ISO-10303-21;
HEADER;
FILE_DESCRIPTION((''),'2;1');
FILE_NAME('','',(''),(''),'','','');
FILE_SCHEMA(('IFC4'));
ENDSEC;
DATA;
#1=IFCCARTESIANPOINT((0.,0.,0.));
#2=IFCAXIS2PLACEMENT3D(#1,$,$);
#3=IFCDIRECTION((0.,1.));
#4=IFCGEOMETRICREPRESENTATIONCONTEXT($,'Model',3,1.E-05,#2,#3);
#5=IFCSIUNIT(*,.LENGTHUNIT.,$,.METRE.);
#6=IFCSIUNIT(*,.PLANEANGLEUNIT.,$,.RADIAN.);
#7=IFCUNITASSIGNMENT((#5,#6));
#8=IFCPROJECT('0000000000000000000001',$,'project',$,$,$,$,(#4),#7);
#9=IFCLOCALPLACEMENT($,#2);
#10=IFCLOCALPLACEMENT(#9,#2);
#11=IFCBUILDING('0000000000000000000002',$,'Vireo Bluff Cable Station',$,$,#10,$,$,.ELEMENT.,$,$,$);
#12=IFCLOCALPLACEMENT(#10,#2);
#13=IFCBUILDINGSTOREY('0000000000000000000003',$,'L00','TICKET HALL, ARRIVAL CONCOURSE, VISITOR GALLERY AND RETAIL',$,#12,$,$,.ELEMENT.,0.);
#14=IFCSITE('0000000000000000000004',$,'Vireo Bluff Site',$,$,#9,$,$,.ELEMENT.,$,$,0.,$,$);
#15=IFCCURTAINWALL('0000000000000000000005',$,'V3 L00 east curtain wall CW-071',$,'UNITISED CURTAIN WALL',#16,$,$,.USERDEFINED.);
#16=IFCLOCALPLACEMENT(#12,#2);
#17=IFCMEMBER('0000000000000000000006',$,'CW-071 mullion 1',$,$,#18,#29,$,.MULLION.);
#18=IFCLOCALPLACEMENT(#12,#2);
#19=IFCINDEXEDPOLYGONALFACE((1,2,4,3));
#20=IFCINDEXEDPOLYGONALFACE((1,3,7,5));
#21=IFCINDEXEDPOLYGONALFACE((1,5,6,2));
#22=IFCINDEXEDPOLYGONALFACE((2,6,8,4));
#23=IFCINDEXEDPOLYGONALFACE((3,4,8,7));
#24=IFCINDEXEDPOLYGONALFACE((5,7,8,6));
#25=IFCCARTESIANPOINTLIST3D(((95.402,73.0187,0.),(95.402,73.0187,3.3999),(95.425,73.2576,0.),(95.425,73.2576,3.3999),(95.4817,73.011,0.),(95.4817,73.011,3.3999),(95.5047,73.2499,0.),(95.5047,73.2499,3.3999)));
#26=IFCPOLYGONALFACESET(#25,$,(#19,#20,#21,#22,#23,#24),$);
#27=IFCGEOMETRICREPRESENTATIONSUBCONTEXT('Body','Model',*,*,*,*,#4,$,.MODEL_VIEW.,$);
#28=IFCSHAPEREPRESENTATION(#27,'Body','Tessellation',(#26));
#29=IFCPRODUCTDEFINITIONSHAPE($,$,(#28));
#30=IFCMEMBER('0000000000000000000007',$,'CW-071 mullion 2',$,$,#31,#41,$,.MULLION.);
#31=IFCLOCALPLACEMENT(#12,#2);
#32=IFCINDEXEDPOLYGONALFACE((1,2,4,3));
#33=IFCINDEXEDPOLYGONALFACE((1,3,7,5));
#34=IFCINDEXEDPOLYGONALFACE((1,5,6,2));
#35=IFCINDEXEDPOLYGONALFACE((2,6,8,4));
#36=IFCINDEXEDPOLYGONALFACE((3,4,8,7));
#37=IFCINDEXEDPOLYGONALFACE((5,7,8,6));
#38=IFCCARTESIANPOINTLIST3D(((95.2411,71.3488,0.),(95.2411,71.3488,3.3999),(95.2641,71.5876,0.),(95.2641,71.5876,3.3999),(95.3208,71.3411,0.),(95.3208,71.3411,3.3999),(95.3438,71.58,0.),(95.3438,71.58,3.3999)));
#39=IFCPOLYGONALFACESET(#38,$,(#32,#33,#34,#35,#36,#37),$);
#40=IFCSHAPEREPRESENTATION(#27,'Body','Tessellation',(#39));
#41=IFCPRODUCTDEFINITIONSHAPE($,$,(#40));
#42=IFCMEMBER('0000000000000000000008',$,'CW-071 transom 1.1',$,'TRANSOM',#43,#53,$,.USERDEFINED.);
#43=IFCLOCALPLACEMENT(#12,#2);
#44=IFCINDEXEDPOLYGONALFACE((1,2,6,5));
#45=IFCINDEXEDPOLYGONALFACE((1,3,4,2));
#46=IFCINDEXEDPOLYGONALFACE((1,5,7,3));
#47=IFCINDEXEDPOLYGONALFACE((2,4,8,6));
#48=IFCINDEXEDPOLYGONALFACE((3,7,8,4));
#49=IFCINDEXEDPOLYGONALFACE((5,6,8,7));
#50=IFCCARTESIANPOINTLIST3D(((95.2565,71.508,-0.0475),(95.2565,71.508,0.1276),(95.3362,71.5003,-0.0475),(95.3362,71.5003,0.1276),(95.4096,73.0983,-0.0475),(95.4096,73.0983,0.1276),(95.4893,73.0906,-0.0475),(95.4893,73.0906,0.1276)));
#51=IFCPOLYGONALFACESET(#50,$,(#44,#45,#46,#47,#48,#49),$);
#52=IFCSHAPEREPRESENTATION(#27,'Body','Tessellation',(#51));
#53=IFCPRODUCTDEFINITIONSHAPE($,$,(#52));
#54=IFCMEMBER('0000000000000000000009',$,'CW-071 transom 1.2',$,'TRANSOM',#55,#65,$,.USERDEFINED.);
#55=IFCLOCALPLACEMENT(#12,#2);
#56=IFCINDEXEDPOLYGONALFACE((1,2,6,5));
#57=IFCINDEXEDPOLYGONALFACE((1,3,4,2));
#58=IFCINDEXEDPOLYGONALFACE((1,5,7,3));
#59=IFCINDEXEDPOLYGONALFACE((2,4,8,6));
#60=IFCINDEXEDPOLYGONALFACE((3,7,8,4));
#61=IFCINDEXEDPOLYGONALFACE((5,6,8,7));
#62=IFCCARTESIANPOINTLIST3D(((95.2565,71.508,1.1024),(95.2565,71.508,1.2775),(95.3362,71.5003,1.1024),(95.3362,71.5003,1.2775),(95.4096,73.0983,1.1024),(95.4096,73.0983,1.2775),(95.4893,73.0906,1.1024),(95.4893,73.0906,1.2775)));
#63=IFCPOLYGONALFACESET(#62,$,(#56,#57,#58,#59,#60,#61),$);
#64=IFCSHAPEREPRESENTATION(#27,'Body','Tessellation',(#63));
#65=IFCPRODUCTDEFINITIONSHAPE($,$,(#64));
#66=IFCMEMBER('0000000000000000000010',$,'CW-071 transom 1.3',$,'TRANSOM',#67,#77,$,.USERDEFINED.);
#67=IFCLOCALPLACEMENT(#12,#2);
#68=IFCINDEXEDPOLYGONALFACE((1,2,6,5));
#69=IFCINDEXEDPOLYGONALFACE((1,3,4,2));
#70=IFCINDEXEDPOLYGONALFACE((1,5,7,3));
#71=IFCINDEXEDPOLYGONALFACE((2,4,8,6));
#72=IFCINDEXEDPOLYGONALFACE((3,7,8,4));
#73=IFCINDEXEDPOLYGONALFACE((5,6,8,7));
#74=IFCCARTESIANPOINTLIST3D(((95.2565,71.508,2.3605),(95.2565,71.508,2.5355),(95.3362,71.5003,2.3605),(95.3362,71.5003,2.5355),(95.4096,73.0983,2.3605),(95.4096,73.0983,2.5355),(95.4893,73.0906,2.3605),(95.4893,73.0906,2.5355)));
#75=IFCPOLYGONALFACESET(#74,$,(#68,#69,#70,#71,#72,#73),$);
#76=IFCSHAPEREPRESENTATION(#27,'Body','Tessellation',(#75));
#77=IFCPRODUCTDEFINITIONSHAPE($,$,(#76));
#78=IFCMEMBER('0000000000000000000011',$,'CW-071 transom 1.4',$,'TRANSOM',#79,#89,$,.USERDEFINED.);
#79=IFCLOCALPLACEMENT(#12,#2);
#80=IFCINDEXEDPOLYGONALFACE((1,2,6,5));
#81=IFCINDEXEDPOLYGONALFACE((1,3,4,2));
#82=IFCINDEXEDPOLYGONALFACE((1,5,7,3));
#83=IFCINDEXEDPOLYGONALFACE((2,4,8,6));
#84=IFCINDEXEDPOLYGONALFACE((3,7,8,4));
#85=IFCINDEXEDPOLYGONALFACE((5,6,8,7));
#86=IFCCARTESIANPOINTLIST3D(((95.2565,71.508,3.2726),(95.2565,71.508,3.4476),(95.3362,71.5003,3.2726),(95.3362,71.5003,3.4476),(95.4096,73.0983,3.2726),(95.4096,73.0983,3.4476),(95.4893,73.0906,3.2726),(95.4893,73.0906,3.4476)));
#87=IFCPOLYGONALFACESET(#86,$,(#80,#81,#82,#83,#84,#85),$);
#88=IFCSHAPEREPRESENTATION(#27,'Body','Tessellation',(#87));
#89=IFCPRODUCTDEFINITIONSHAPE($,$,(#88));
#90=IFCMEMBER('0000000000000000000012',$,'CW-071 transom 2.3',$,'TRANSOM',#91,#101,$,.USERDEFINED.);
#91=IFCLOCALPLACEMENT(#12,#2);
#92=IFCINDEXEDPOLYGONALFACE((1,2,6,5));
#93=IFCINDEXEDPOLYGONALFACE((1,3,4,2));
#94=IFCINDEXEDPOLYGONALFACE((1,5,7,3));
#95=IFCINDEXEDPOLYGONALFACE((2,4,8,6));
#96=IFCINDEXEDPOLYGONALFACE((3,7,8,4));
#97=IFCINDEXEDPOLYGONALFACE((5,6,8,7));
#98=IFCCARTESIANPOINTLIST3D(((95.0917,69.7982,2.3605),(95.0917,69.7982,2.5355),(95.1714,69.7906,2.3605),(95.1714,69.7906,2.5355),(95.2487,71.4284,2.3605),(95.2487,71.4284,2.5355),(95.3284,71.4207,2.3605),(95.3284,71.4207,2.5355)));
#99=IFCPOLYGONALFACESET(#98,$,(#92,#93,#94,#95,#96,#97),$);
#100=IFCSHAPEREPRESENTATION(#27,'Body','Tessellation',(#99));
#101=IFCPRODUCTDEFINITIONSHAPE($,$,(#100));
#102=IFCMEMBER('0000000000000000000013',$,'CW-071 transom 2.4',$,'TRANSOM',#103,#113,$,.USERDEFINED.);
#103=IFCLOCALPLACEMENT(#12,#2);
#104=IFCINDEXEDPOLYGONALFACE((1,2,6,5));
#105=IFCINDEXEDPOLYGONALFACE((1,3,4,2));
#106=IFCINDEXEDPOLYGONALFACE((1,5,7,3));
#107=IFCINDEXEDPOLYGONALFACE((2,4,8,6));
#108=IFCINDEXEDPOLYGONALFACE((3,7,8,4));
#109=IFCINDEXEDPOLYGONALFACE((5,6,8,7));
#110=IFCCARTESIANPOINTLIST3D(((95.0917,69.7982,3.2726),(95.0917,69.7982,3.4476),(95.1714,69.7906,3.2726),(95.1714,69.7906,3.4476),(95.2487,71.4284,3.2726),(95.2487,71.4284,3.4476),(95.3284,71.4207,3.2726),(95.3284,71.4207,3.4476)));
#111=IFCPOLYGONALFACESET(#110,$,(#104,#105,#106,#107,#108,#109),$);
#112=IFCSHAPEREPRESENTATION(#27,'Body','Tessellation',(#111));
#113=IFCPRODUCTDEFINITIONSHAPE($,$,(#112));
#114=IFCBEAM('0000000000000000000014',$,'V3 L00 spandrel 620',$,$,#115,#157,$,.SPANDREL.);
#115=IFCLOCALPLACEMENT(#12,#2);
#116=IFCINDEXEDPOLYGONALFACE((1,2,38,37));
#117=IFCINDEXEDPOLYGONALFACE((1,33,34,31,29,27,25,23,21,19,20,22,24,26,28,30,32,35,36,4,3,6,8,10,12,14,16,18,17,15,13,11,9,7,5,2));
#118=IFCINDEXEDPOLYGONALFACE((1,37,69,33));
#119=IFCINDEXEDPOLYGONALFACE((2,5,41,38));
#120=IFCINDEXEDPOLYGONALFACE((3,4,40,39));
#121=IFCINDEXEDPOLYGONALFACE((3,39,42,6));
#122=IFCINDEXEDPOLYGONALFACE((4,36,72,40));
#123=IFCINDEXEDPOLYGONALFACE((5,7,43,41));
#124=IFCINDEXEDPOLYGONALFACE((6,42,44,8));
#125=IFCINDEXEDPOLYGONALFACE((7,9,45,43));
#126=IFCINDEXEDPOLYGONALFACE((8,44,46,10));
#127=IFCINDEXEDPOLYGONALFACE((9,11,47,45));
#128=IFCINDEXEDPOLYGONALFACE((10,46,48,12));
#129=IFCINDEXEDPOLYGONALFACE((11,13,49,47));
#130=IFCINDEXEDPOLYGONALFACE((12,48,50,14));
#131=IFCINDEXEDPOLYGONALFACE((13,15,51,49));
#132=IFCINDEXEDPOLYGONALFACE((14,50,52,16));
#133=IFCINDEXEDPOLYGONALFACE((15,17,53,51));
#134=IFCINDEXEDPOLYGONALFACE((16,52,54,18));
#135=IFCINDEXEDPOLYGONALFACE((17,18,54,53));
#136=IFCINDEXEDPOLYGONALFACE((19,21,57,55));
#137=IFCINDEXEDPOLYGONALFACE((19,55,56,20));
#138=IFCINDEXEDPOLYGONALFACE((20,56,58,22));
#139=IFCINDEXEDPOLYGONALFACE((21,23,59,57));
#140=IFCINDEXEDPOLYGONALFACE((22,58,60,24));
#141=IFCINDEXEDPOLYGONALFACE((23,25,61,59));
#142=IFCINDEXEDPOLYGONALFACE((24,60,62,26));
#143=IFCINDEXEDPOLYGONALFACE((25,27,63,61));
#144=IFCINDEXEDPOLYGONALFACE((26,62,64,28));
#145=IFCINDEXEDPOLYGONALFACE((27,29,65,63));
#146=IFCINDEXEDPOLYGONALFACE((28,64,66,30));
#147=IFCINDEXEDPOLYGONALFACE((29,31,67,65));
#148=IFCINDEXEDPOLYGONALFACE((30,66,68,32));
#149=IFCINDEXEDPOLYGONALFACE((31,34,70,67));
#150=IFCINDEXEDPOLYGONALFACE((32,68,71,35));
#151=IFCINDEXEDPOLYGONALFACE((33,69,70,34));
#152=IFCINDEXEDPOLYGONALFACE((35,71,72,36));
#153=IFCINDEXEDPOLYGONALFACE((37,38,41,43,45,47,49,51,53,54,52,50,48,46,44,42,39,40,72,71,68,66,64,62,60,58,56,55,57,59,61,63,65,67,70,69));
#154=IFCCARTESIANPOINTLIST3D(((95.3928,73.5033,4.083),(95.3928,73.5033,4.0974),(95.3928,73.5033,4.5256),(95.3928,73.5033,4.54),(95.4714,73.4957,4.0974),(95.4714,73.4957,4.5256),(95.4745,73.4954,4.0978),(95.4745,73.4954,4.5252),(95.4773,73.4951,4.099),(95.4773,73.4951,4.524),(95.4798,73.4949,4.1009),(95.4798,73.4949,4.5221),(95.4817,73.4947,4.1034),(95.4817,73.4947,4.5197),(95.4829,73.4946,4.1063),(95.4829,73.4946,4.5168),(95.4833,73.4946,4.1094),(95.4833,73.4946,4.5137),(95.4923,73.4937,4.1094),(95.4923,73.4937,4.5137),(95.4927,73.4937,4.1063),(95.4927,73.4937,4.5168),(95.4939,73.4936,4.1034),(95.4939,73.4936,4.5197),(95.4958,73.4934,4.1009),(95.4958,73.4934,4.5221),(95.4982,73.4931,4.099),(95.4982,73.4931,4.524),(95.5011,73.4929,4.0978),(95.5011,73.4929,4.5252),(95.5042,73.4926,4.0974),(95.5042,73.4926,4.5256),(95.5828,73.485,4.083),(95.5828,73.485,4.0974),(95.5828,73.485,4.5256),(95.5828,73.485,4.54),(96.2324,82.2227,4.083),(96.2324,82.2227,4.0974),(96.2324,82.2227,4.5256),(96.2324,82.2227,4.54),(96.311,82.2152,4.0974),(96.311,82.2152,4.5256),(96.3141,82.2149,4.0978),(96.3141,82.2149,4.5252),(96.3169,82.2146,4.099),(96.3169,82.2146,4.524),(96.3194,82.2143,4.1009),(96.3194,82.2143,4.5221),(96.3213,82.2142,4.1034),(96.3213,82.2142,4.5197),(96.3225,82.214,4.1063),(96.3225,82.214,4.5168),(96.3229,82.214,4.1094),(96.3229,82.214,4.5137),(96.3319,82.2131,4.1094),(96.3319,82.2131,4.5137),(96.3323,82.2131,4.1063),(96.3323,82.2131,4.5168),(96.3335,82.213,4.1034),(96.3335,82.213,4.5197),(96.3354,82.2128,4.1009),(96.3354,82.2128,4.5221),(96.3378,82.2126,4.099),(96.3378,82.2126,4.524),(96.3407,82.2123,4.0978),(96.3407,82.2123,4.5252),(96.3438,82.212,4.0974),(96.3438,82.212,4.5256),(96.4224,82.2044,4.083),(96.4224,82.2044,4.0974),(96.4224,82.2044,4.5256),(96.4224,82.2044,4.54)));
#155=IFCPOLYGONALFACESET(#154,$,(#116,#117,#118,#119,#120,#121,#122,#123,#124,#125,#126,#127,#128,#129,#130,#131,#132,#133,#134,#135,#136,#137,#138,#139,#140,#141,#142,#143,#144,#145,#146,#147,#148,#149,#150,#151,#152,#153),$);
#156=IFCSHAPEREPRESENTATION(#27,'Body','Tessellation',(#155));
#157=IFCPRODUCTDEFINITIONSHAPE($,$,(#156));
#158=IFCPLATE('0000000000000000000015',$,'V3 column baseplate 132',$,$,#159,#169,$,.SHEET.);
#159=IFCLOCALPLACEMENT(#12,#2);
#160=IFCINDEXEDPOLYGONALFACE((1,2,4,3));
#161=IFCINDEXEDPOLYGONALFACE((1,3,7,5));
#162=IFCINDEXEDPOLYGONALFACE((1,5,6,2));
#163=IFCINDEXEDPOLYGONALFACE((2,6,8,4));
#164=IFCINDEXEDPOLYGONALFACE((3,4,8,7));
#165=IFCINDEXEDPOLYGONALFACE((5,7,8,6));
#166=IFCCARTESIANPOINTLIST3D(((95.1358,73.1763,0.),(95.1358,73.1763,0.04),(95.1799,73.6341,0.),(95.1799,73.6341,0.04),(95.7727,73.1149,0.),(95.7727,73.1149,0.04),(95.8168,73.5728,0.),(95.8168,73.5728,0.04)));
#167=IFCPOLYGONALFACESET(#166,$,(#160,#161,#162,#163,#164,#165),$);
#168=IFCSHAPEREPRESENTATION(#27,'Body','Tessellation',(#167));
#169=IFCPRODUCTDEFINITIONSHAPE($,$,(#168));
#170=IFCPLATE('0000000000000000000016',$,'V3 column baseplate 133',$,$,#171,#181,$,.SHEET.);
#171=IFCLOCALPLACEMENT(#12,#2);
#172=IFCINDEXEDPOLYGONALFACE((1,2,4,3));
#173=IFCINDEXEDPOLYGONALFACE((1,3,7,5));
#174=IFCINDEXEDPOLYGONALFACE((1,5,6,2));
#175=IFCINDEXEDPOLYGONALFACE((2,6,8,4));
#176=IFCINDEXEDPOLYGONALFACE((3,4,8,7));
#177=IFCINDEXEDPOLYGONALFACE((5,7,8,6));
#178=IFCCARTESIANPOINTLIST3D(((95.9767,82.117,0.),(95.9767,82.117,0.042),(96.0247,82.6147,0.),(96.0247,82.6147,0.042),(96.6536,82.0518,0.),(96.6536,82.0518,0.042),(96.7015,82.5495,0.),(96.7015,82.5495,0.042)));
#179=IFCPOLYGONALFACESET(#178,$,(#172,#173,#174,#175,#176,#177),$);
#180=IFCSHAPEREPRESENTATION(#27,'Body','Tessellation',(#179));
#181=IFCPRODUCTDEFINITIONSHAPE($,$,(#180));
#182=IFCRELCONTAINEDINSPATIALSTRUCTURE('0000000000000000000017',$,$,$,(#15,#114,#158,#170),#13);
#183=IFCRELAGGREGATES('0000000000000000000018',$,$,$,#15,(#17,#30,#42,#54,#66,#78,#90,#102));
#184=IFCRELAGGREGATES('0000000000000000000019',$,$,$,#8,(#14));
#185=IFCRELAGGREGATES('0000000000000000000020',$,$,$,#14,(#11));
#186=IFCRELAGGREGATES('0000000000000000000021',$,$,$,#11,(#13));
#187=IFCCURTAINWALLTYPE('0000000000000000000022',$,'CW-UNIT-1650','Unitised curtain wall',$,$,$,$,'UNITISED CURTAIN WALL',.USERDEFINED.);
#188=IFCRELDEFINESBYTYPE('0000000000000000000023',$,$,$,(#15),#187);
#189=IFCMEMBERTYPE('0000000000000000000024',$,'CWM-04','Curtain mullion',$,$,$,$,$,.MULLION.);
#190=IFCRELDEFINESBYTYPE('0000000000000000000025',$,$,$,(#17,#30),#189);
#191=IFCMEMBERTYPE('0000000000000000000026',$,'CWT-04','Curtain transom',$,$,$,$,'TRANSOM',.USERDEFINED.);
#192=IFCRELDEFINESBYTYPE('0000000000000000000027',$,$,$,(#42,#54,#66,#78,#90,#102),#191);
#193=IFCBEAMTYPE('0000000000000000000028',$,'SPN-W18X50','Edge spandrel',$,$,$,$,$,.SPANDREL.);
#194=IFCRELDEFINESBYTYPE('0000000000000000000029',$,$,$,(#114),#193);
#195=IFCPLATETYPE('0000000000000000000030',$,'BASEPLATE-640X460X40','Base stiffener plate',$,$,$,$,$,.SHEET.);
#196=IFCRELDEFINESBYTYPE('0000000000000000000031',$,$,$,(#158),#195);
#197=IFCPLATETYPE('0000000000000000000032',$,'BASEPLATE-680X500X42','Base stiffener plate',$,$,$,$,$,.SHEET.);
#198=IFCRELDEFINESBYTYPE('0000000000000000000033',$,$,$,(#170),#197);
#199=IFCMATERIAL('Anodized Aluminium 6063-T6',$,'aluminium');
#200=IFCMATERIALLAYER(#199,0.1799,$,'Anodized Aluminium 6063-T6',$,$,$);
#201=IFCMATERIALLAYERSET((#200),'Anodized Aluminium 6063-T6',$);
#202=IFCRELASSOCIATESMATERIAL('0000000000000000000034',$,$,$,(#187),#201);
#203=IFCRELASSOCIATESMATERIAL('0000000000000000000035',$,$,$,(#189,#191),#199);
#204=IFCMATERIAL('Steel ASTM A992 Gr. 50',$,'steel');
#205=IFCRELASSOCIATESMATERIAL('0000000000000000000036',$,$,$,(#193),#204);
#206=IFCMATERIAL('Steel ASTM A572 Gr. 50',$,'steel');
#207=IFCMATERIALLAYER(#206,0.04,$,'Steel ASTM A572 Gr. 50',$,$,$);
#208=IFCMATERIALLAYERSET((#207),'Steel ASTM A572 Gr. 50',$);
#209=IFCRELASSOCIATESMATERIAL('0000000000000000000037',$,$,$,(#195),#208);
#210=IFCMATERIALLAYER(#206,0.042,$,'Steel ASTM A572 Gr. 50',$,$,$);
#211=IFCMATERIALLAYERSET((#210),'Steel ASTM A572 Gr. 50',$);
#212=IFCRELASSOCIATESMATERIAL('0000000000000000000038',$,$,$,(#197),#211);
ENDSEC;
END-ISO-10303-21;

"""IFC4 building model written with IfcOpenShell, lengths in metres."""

from ifc_helpers import new_model, si_unit, direction, frame, origin, origin_2d, place, context, subcontext, project, spatial, rectangle, i_section, extrude, material, layer, layer_set, material_profile, profile_set, type_object, element, aggregate, save


model = new_model("IFC4")

# Units and contexts
model_context = context("Model", 3, precision=1e-05, world=origin(), true_north=direction((0.0, 1.0)))
body_context = subcontext(model_context, "Body", "Model", "MODEL_VIEW")
ifc_project = project(units=[si_unit("LENGTHUNIT", "METRE"), si_unit("PLANEANGLEUNIT", "RADIAN")], contexts=[model_context])

# Site, building, storey
site_placement = place(None, origin())
site = spatial("IfcSite", under=ifc_project, at=site_placement, Name="Vireo Bluff Site", CompositionType="ELEMENT", RefElevation=0.0)
building_placement = place(site_placement, origin())
building = spatial("IfcBuilding", under=site, at=building_placement, Name="Vireo Bluff Cable Station", CompositionType="ELEMENT")
storey_placement = place(building_placement, origin())
storey = spatial("IfcBuildingStorey", under=building, at=storey_placement, Name="L00", Description="TICKET HALL, ARRIVAL CONCOURSE, VISITOR GALLERY AND RETAIL", CompositionType="ELEMENT", Elevation=0.0)

# Shared definitions
ifc_material_1 = material(Name="Steel ASTM A992 Gr. 50", Category="steel")

# Shared definitions
ifc_material_2 = material(Name="Anodized Aluminium 6063-T6", Category="aluminium")

# Curtain wall, members
ifc_layer_1 = layer(ifc_material_2, 0.1799, Name="Anodized Aluminium 6063-T6")
ifc_layer_set_1 = layer_set([ifc_layer_1], Name="Anodized Aluminium 6063-T6")
curtain_wall_type_1 = type_object("IfcCurtainWallType", Name="CW-UNIT-1650", Description="Unitised curtain wall", ElementType="UNITISED CURTAIN WALL", PredefinedType="USERDEFINED", material=ifc_layer_set_1)
curtain_wall_1_placement = place(storey_placement, origin())
curtain_wall_1 = element("IfcCurtainWall", 1, at=curtain_wall_1_placement, inside=storey, type_object=curtain_wall_type_1, Name="V3 L00 east curtain wall CW-071", ObjectType="UNITISED CURTAIN WALL", PredefinedType="USERDEFINED")
ifc_material_profile_1 = material_profile(ifc_material_2, rectangle(XDim=0.0801, YDim=0.24, at=origin_2d()), Name="ALU-M-80X240")
ifc_profile_set_1 = profile_set([ifc_material_profile_1], Name="Anodized Aluminium 6063-T6")
member_type_1 = type_object("IfcMemberType", Name="CWM-04", Description="Curtain mullion", PredefinedType="MULLION", material=ifc_profile_set_1)
member_1_placement = place(storey_placement, frame((95.4534, 73.1343, 0.0), z_axis=(0.0, 0.0, 1.0), x_axis=(0.995396, -0.095846, 0.0)))
member_1 = element("IfcMember", 2, at=member_1_placement, type_object=member_type_1, Name="CW-071 mullion 1", PredefinedType="MULLION", context=body_context, shape_type="SweptSolid", body=[
    extrude(rectangle(XDim=0.0801, YDim=0.24, at=origin_2d()), origin(), (0.0, 0.0, 1.0), 3.3999),
])
member_2_placement = place(storey_placement, frame((95.2925, 71.4644, 0.0), z_axis=(0.0, 0.0, 1.0), x_axis=(0.995396, -0.095846, 0.0)))
member_2 = element("IfcMember", 3, at=member_2_placement, type_object=member_type_1, Name="CW-071 mullion 2", PredefinedType="MULLION", context=body_context, shape_type="SweptSolid", body=[
    extrude(rectangle(XDim=0.0801, YDim=0.24, at=origin_2d()), origin(), (0.0, 0.0, 1.0), 3.3999),
])
ifc_material_profile_2 = material_profile(ifc_material_2, rectangle(XDim=0.0801, YDim=0.175, at=origin_2d()), Name="ALU-T-80X175")
ifc_profile_set_2 = profile_set([ifc_material_profile_2], Name="Anodized Aluminium 6063-T6")
member_type_2 = type_object("IfcMemberType", Name="CWT-04", Description="Curtain transom", ElementType="TRANSOM", PredefinedType="USERDEFINED", material=ifc_profile_set_2)
member_3_placement = place(storey_placement, frame((95.4495, 73.0945, 0.04), z_axis=(-0.095811, -0.9954, 0.0), x_axis=(0.9954, -0.095811, 0.0)))
member_3 = element("IfcMember", 4, at=member_3_placement, type_object=member_type_2, Name="CW-071 transom 1.1", ObjectType="TRANSOM", PredefinedType="USERDEFINED", context=body_context, shape_type="SweptSolid", body=[
    extrude(rectangle(XDim=0.0801, YDim=0.175, at=origin_2d()), origin(), (0.0, 0.0, 1.0), 1.5977),
])
member_4_placement = place(storey_placement, frame((95.4495, 73.0945, 1.1899), z_axis=(-0.095811, -0.9954, 0.0), x_axis=(0.9954, -0.095811, 0.0)))
member_4 = element("IfcMember", 5, at=member_4_placement, type_object=member_type_2, Name="CW-071 transom 1.2", ObjectType="TRANSOM", PredefinedType="USERDEFINED", context=body_context, shape_type="SweptSolid", body=[
    extrude(rectangle(XDim=0.0801, YDim=0.175, at=origin_2d()), origin(), (0.0, 0.0, 1.0), 1.5977),
])
member_5_placement = place(storey_placement, frame((95.4495, 73.0945, 2.448), z_axis=(-0.095811, -0.9954, 0.0), x_axis=(0.9954, -0.095811, 0.0)))
member_5 = element("IfcMember", 6, at=member_5_placement, type_object=member_type_2, Name="CW-071 transom 1.3", ObjectType="TRANSOM", PredefinedType="USERDEFINED", context=body_context, shape_type="SweptSolid", body=[
    extrude(rectangle(XDim=0.0801, YDim=0.175, at=origin_2d()), origin(), (0.0, 0.0, 1.0), 1.5977),
])
member_6_placement = place(storey_placement, frame((95.4495, 73.0945, 3.3601), z_axis=(-0.095811, -0.9954, 0.0), x_axis=(0.9954, -0.095811, 0.0)))
member_6 = element("IfcMember", 7, at=member_6_placement, type_object=member_type_2, Name="CW-071 transom 1.4", ObjectType="TRANSOM", PredefinedType="USERDEFINED", context=body_context, shape_type="SweptSolid", body=[
    extrude(rectangle(XDim=0.0801, YDim=0.175, at=origin_2d()), origin(), (0.0, 0.0, 1.0), 1.5977),
])
member_7_placement = place(storey_placement, frame((95.2886, 71.4246, 2.448), z_axis=(-0.095857, -0.995395, 0.0), x_axis=(0.995395, -0.095857, 0.0)))
member_7 = element("IfcMember", 8, at=member_7_placement, type_object=member_type_2, Name="CW-071 transom 2.3", ObjectType="TRANSOM", PredefinedType="USERDEFINED", context=body_context, shape_type="SweptSolid", body=[
    extrude(rectangle(XDim=0.0801, YDim=0.175, at=origin_2d()), origin(), (0.0, 0.0, 1.0), 1.6377),
])
member_8_placement = place(storey_placement, frame((95.2886, 71.4246, 3.3601), z_axis=(-0.095857, -0.995395, 0.0), x_axis=(0.995395, -0.095857, 0.0)))
member_8 = element("IfcMember", 9, at=member_8_placement, type_object=member_type_2, Name="CW-071 transom 2.4", ObjectType="TRANSOM", PredefinedType="USERDEFINED", context=body_context, shape_type="SweptSolid", body=[
    extrude(rectangle(XDim=0.0801, YDim=0.175, at=origin_2d()), origin(), (0.0, 0.0, 1.0), 1.6377),
])

# Beam
ifc_material_profile_3 = material_profile(ifc_material_1, i_section(OverallWidth=0.1909, OverallDepth=0.457, WebThickness=0.009, FlangeThickness=0.0144, FilletRadius=0.012, at=origin_2d()), Name="W18X50")
ifc_profile_set_3 = profile_set([ifc_material_profile_3], Name="Steel ASTM A992 Gr. 50")
beam_type = type_object("IfcBeamType", Name="SPN-W18X50", Description="Edge spandrel", PredefinedType="SPANDREL", material=ifc_profile_set_3)
beam_placement = place(storey_placement, frame((95.4878, 73.4941, 4.3115), z_axis=(0.095847, 0.995396, 0.0), x_axis=(-0.995396, 0.095847, 0.0)))
element("IfcBeam", 10, at=beam_placement, inside=storey, type_object=beam_type, Name="V3 L00 spandrel 620", PredefinedType="SPANDREL", context=body_context, shape_type="SweptSolid", body=[
    extrude(i_section(OverallWidth=0.1909, OverallDepth=0.457, WebThickness=0.009, FlangeThickness=0.0144, FilletRadius=0.012, at=origin_2d()), origin(), (0.0, 0.0, 1.0), 8.7598),
])

# Plates
ifc_material_3 = material(Name="Steel ASTM A572 Gr. 50", Category="steel")
ifc_layer_2 = layer(ifc_material_3, 0.04, Name="Steel ASTM A572 Gr. 50")
ifc_layer_set_2 = layer_set([ifc_layer_2], Name="Steel ASTM A572 Gr. 50")
plate_type_1 = type_object("IfcPlateType", Name="BASEPLATE-640X460X40", Description="Base stiffener plate", PredefinedType="SHEET", material=ifc_layer_set_2)
plate_1_placement = place(storey_placement, frame((95.4763, 73.3745, 0.0), z_axis=(0.0, 0.0, 1.0), x_axis=(0.995396, -0.095846, 0.0)))
element("IfcPlate", 11, at=plate_1_placement, inside=storey, type_object=plate_type_1, Name="V3 column baseplate 132", PredefinedType="SHEET", context=body_context, shape_type="SweptSolid", body=[
    extrude(rectangle(XDim=0.6399, YDim=0.46, at=origin_2d()), origin(), (0.0, 0.0, 1.0), 0.04),
])
ifc_layer_3 = layer(ifc_material_3, 0.042, Name="Steel ASTM A572 Gr. 50")
ifc_layer_set_3 = layer_set([ifc_layer_3], Name="Steel ASTM A572 Gr. 50")
plate_type_2 = type_object("IfcPlateType", Name="BASEPLATE-680X500X42", Description="Base stiffener plate", PredefinedType="SHEET", material=ifc_layer_set_3)
plate_2_placement = place(storey_placement, frame((96.3391, 82.3333, 0.0), z_axis=(0.0, 0.0, 1.0), x_axis=(0.995396, -0.095846, 0.0)))
element("IfcPlate", 12, at=plate_2_placement, inside=storey, type_object=plate_type_2, Name="V3 column baseplate 133", PredefinedType="SHEET", context=body_context, shape_type="SweptSolid", body=[
    extrude(rectangle(XDim=0.6799, YDim=0.5, at=origin_2d()), origin(), (0.0, 0.0, 1.0), 0.042),
])

aggregate(curtain_wall_1, [member_1, member_2, member_3, member_4, member_5, member_6, member_7, member_8])

save(model, "model.ifc")
